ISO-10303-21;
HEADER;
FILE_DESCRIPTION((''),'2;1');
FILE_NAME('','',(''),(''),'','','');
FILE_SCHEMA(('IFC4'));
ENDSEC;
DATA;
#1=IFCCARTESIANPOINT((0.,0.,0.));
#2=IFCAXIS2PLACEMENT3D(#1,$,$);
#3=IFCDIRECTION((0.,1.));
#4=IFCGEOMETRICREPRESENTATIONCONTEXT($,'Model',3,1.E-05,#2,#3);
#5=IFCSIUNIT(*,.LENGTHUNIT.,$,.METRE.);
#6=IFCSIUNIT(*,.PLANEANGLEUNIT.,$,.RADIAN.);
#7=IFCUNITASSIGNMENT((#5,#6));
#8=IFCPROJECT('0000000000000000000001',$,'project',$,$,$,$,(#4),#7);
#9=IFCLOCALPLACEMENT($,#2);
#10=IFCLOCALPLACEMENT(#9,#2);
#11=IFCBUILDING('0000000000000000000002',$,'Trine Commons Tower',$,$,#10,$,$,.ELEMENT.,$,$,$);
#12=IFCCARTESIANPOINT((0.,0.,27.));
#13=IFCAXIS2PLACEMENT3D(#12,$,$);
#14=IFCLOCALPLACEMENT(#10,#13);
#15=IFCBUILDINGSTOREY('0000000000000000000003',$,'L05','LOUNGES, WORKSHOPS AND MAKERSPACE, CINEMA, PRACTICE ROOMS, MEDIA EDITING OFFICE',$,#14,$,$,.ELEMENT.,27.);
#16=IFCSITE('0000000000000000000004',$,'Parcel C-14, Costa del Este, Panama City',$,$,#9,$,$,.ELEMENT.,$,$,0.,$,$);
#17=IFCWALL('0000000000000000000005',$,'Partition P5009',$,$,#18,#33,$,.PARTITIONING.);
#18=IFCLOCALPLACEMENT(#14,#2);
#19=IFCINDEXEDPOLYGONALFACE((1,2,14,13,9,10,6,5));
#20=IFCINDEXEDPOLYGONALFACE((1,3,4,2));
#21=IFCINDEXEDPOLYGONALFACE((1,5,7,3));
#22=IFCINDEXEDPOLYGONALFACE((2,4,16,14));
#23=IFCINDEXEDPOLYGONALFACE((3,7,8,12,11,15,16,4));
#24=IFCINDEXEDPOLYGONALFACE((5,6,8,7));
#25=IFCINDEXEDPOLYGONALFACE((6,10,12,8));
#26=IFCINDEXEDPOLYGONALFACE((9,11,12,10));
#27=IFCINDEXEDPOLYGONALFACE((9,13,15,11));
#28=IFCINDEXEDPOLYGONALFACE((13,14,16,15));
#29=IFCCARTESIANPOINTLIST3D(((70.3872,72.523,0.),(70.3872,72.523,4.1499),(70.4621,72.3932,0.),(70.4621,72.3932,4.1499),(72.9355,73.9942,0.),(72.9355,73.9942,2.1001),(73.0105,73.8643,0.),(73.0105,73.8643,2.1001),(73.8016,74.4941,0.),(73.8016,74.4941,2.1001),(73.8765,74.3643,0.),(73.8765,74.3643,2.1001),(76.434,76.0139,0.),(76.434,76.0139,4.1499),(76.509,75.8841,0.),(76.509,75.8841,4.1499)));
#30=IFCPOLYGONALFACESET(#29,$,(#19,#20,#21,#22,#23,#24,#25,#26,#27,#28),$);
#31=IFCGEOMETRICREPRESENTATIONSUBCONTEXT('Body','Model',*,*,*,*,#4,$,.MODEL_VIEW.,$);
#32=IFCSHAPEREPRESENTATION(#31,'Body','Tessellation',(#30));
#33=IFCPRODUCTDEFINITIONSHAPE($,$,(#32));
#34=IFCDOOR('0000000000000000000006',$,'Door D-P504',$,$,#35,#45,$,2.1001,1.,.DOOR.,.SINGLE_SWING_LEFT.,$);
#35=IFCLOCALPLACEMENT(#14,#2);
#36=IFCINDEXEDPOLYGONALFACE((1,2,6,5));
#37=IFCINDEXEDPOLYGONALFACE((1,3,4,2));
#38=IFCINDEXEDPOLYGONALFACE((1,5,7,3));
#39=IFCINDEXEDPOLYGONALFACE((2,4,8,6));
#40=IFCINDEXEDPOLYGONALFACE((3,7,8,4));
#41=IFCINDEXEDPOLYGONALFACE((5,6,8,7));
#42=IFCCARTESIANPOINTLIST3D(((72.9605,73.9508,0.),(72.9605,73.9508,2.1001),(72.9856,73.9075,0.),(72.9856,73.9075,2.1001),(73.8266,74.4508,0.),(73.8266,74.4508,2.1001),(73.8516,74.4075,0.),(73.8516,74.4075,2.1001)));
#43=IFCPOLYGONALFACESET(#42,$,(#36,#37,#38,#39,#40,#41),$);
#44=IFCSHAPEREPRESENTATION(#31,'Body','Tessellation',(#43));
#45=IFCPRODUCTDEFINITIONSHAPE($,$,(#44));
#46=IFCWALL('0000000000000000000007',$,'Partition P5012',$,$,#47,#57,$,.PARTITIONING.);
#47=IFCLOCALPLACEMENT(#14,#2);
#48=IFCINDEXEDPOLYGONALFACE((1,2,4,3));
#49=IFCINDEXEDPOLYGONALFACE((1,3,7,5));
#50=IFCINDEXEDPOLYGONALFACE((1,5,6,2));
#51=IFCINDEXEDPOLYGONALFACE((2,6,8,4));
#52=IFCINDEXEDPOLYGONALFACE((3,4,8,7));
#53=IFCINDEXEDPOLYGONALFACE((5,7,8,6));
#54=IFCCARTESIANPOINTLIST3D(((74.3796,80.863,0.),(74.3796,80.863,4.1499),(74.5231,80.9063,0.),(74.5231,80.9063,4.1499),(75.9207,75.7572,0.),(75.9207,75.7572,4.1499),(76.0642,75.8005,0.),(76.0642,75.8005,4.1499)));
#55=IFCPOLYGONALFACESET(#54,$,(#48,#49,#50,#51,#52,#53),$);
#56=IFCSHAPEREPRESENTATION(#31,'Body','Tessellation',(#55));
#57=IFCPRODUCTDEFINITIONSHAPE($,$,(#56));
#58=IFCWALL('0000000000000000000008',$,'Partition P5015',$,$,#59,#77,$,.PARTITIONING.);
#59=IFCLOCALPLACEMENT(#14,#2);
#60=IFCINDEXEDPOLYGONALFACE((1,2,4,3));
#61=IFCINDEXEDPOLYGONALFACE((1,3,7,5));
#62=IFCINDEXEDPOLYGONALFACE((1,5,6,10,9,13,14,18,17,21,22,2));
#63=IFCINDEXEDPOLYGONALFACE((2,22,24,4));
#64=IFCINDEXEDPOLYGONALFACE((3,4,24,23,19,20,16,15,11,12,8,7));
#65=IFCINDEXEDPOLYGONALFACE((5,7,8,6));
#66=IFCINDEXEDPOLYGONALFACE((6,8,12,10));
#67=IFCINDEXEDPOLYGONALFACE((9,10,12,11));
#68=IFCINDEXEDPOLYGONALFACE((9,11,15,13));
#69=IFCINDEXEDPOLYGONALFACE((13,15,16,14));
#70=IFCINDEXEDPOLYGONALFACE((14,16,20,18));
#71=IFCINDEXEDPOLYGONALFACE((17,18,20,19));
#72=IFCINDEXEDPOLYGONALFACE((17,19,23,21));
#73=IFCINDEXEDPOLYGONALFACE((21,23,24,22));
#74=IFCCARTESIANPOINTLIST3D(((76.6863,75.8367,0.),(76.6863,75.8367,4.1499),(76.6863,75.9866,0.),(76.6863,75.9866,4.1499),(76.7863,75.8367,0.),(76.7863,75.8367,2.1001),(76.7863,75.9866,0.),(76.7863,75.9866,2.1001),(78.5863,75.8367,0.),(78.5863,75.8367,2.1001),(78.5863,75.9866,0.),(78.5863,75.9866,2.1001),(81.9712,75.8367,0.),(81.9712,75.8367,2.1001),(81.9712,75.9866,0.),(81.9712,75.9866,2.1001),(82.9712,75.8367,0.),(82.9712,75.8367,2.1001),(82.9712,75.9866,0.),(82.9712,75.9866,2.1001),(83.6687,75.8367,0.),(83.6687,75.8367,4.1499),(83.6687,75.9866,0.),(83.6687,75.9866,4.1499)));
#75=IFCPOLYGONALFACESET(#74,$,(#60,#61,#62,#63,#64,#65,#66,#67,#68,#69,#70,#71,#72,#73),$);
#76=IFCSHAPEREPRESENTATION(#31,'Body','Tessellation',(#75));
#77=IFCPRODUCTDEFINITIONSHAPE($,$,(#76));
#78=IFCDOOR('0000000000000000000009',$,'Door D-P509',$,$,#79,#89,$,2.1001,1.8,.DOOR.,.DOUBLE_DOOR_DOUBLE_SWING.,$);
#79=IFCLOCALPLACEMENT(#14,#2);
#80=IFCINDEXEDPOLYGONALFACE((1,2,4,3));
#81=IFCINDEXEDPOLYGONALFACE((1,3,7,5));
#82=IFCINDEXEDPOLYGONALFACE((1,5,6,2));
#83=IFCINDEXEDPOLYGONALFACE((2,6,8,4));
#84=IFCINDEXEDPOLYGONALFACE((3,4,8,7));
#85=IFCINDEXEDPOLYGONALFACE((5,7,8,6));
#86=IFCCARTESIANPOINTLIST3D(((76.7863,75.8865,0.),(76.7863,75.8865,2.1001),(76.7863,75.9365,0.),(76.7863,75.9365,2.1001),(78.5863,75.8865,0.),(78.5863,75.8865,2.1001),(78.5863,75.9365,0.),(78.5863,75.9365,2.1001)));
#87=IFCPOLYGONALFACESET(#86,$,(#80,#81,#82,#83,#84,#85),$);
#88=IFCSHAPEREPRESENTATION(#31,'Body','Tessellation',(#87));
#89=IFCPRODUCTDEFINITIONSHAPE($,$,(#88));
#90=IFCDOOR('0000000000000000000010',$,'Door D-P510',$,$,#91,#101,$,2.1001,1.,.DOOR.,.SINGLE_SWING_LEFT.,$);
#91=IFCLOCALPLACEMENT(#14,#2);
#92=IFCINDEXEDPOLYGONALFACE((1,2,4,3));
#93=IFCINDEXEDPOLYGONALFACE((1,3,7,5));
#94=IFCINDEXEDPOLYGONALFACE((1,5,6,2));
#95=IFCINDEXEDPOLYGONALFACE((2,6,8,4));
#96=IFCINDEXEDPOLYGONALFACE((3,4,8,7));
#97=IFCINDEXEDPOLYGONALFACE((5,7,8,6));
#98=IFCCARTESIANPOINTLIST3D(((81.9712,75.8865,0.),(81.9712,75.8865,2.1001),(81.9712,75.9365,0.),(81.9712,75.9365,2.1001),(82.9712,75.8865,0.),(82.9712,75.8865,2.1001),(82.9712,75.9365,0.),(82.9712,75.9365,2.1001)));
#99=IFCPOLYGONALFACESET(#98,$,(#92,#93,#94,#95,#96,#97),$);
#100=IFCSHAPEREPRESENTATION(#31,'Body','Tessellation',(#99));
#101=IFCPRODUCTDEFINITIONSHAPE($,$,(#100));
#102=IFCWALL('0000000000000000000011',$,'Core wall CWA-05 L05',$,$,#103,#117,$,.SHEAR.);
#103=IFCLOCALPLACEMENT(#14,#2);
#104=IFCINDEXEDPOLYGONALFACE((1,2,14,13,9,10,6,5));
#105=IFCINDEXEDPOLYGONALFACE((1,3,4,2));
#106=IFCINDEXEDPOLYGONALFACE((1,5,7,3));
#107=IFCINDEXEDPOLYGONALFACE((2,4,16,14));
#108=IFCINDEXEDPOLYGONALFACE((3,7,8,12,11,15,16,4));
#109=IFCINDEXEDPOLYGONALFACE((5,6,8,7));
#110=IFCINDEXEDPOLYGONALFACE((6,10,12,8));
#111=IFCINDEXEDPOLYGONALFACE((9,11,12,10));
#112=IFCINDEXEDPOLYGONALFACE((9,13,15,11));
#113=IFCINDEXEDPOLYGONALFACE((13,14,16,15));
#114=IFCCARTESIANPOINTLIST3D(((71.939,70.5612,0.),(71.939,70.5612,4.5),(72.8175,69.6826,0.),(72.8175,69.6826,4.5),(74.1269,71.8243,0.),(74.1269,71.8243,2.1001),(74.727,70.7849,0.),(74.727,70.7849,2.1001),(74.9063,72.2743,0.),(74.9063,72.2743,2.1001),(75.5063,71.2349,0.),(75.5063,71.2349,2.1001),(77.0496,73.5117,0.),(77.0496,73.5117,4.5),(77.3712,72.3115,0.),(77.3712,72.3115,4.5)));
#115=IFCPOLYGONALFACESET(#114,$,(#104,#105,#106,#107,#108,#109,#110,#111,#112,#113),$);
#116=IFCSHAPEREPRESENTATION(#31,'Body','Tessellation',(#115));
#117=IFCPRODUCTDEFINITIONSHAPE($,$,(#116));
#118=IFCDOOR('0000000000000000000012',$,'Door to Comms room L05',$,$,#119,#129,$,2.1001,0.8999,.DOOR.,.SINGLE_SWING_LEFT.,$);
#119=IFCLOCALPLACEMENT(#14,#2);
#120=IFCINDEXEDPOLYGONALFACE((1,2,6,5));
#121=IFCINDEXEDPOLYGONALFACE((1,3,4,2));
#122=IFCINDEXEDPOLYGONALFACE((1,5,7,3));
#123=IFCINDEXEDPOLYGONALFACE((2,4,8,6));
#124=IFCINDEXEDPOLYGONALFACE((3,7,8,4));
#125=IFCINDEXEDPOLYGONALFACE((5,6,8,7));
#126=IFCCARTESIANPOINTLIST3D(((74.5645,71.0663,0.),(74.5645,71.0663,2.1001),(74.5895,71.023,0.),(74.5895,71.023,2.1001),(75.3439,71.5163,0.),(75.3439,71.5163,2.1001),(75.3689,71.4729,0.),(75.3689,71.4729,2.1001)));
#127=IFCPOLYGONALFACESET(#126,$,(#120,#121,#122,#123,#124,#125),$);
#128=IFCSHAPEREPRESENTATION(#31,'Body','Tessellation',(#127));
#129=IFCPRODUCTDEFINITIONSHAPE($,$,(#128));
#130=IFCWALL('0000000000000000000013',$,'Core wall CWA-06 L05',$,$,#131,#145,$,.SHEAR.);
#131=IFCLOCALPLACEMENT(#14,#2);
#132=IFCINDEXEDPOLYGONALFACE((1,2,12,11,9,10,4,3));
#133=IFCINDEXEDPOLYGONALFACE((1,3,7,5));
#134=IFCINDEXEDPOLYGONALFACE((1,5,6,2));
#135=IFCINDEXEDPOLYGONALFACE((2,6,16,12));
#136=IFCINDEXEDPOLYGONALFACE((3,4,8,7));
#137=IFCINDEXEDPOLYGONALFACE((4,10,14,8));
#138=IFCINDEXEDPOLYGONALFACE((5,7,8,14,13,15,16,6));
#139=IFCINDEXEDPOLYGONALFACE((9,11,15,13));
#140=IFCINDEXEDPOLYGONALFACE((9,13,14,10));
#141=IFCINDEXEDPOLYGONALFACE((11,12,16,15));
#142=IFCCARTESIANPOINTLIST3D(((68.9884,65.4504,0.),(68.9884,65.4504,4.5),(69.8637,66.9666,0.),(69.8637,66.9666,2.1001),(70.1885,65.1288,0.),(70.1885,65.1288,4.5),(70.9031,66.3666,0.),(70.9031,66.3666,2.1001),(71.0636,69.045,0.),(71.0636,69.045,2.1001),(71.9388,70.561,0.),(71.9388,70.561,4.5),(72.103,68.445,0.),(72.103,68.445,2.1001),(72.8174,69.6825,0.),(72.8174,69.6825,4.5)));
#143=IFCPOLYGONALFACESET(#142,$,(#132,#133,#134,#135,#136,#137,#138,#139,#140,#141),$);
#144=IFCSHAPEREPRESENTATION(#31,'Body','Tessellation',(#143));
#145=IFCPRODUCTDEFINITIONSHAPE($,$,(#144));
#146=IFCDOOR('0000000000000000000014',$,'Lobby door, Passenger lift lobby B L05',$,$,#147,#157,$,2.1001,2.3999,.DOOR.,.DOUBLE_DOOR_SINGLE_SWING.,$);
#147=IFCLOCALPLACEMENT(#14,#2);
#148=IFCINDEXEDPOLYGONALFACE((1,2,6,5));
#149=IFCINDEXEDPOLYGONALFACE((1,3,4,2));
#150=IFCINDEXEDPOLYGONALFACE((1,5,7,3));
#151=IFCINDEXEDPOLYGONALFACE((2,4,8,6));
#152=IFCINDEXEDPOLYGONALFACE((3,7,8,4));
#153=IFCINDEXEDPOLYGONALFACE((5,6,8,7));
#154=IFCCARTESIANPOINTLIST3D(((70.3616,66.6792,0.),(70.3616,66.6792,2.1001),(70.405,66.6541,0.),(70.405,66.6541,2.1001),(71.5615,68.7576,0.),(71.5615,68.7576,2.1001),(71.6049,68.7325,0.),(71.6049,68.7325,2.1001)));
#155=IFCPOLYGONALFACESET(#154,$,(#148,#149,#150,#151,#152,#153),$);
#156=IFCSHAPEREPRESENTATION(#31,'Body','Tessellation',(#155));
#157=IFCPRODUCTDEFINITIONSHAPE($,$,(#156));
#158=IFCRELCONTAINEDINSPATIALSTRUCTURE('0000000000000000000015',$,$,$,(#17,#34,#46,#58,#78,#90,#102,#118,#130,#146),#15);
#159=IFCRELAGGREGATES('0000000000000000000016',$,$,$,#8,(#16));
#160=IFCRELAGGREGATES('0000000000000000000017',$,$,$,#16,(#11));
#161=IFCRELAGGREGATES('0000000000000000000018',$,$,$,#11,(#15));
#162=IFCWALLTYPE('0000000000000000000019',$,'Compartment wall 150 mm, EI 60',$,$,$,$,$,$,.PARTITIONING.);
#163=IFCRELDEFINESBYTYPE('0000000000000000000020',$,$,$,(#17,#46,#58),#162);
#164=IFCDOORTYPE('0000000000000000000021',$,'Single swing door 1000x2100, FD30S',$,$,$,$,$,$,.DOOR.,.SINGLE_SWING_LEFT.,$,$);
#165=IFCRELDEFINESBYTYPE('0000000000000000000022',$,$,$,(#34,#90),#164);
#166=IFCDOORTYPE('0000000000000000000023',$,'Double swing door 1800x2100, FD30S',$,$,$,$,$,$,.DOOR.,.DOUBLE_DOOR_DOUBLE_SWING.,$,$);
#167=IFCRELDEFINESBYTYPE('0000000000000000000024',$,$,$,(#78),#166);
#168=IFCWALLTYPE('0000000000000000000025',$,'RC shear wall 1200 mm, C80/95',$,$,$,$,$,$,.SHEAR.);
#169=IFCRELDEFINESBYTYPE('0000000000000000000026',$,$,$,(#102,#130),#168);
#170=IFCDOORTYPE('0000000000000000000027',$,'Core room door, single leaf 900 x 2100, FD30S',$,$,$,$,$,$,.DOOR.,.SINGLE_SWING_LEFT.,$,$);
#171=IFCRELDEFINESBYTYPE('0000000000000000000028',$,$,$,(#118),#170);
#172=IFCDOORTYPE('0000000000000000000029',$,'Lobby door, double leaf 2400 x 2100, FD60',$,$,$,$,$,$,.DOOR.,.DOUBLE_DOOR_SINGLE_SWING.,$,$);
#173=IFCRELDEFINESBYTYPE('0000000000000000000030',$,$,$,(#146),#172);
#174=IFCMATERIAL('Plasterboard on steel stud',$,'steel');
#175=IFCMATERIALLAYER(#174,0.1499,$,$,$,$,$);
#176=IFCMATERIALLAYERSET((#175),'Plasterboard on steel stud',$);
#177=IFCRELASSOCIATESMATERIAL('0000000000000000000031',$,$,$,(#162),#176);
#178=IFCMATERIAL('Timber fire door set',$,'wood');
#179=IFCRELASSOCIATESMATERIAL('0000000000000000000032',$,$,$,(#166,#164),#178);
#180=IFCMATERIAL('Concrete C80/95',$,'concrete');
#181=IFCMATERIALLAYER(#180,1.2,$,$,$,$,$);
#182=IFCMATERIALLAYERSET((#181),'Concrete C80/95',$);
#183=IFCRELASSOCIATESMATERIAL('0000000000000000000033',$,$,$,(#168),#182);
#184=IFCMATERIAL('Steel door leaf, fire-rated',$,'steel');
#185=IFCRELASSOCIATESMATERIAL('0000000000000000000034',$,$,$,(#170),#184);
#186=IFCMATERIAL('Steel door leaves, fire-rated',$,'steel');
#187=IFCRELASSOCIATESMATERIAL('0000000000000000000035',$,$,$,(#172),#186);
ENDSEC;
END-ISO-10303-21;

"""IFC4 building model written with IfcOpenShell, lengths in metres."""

from ifc_helpers import new_model, si_unit, direction, frame, frame_2d, origin, place, context, subcontext, project, spatial, polyline, rectangle, outline, extrude, material, layer, layer_set, type_object, element, fill, save


model = new_model("IFC4")

# Units and contexts
model_context = context("Model", 3, precision=1e-05, world=origin(), true_north=direction((0.0, 1.0)))
body_context = subcontext(model_context, "Body", "Model", "MODEL_VIEW")
ifc_project = project(units=[si_unit("LENGTHUNIT", "METRE"), si_unit("PLANEANGLEUNIT", "RADIAN")], contexts=[model_context])

# Site, building, storey
site_placement = place(None, origin())
site = spatial("IfcSite", under=ifc_project, at=site_placement, Name="Parcel C-14, Costa del Este, Panama City", CompositionType="ELEMENT", RefElevation=0.0)
building_placement = place(site_placement, origin())
building = spatial("IfcBuilding", under=site, at=building_placement, Name="Trine Commons Tower", CompositionType="ELEMENT")
storey_placement = place(building_placement, frame((0.0, 0.0, 27.0)))
storey = spatial("IfcBuildingStorey", under=building, at=storey_placement, Name="L05", Description="LOUNGES, WORKSHOPS AND MAKERSPACE, CINEMA, PRACTICE ROOMS, MEDIA EDITING OFFICE", CompositionType="ELEMENT", Elevation=27.0)

# Shared definitions
ifc_material_1 = material(Name="Concrete C80/95", Category="concrete")

# Wall, opening, door
ifc_material_2 = material(Name="Plasterboard on steel stud", Category="steel")
ifc_layer_1 = layer(ifc_material_2, 0.1499)
ifc_layer_set_1 = layer_set([ifc_layer_1], Name="Plasterboard on steel stud")
wall_type_1 = type_object("IfcWallType", Name="Compartment wall 150 mm, EI 60", PredefinedType="PARTITIONING", material=ifc_layer_set_1)
ifc_material_3 = material(Name="Timber fire door set", Category="wood")
door_type_1 = type_object("IfcDoorType", Name="Double swing door 1800x2100, FD30S", OperationType="DOUBLE_DOOR_DOUBLE_SWING", PredefinedType="DOOR", material=ifc_material_3)
wall_1_placement = place(storey_placement, frame((70.4246, 72.458, 0.0), z_axis=(0.0, 0.0, 1.0), x_axis=(0.866038, 0.499979, 0.0)))
wall_1 = element("IfcWall", 1, at=wall_1_placement, inside=storey, type_object=wall_type_1, Name="Partition P5009", PredefinedType="PARTITIONING", context=body_context, shape_type="SweptSolid", body=[
    extrude(rectangle(XDim=6.9822, YDim=0.1499, at=frame_2d((3.4912, 0.0))), origin(), (0.0, 0.0, 1.0), 4.1499),
])
opening_1_placement = place(wall_1_placement, frame((2.9426, 0.0, 0.0)))
opening_1 = element("IfcOpeningElement", 2, at=opening_1_placement, cuts=wall_1, PredefinedType="OPENING", context=body_context, shape_type="SweptSolid", body=[
    extrude(rectangle(XDim=1.0, YDim=2.1001, at=frame_2d((0.5, 1.05))), frame((0.0, 0.085, 0.0), z_axis=(0.0, -1.0, 0.0), x_axis=(1.0, 0.0, 0.0)), (0.0, 0.0, 1.0), 0.1699),
])
door_type_2 = type_object("IfcDoorType", Name="Single swing door 1000x2100, FD30S", OperationType="SINGLE_SWING_LEFT", PredefinedType="DOOR", material=ifc_material_3)
door_1_placement = place(opening_1_placement, origin())
door_1 = element("IfcDoor", 3, at=door_1_placement, inside=storey, type_object=door_type_2, Name="Door D-P504", OperationType="SINGLE_SWING_LEFT", OverallHeight=2.1001, OverallWidth=1.0, PredefinedType="DOOR", context=body_context, shape_type="SweptSolid", body=[
    extrude(rectangle(XDim=1.0, YDim=2.1001, at=frame_2d((0.5, 1.05))), frame((0.0, 0.0249, 0.0), z_axis=(0.0, -1.0, 0.0), x_axis=(1.0, 0.0, 0.0)), (0.0, 0.0, 1.0), 0.05),
])
fill(opening_1, door_1)

# Wall
wall_2_placement = place(storey_placement, frame((74.4514, 80.8845, 0.0), z_axis=(0.0, 0.0, 1.0), x_axis=(0.288948, -0.957345, 0.0)))
element("IfcWall", 4, at=wall_2_placement, inside=storey, type_object=wall_type_1, Name="Partition P5012", PredefinedType="PARTITIONING", context=body_context, shape_type="SweptSolid", body=[
    extrude(rectangle(XDim=5.3333, YDim=0.1499, at=frame_2d((2.6665, 0.0))), origin(), (0.0, 0.0, 1.0), 4.1499),
])

# Wall, openings, doors
wall_3_placement = place(storey_placement, frame((76.6863, 75.9116, 0.0), z_axis=(0.0, 0.0, 1.0), x_axis=(1.0, 0.0, 0.0)))
wall_3 = element("IfcWall", 5, at=wall_3_placement, inside=storey, type_object=wall_type_1, Name="Partition P5015", PredefinedType="PARTITIONING", context=body_context, shape_type="SweptSolid", body=[
    extrude(rectangle(XDim=6.9824, YDim=0.1499, at=frame_2d((3.4912, 0.0))), origin(), (0.0, 0.0, 1.0), 4.1499),
])
opening_2_placement = place(wall_3_placement, frame((0.1001, 0.0, 0.0)))
opening_2 = element("IfcOpeningElement", 6, at=opening_2_placement, cuts=wall_3, PredefinedType="OPENING", context=body_context, shape_type="SweptSolid", body=[
    extrude(rectangle(XDim=1.8, YDim=2.1001, at=frame_2d((0.8999, 1.05))), frame((0.0, 0.085, 0.0), z_axis=(0.0, -1.0, 0.0), x_axis=(1.0, 0.0, 0.0)), (0.0, 0.0, 1.0), 0.1699),
])
opening_3_placement = place(wall_3_placement, frame((5.2849, 0.0, 0.0)))
opening_3 = element("IfcOpeningElement", 7, at=opening_3_placement, cuts=wall_3, PredefinedType="OPENING", context=body_context, shape_type="SweptSolid", body=[
    extrude(rectangle(XDim=1.0, YDim=2.1001, at=frame_2d((0.5, 1.05))), frame((0.0, 0.085, 0.0), z_axis=(0.0, -1.0, 0.0), x_axis=(1.0, 0.0, 0.0)), (0.0, 0.0, 1.0), 0.1699),
])
door_2_placement = place(opening_2_placement, origin())
door_2 = element("IfcDoor", 8, at=door_2_placement, inside=storey, type_object=door_type_1, Name="Door D-P509", OperationType="DOUBLE_DOOR_DOUBLE_SWING", OverallHeight=2.1001, OverallWidth=1.8, PredefinedType="DOOR", context=body_context, shape_type="SweptSolid", body=[
    extrude(rectangle(XDim=1.8, YDim=2.1001, at=frame_2d((0.8999, 1.05))), frame((0.0, 0.0249, 0.0), z_axis=(0.0, -1.0, 0.0), x_axis=(1.0, 0.0, 0.0)), (0.0, 0.0, 1.0), 0.05),
])
fill(opening_2, door_2)
door_3_placement = place(opening_3_placement, origin())
door_3 = element("IfcDoor", 9, at=door_3_placement, inside=storey, type_object=door_type_2, Name="Door D-P510", OperationType="SINGLE_SWING_LEFT", OverallHeight=2.1001, OverallWidth=1.0, PredefinedType="DOOR", context=body_context, shape_type="SweptSolid", body=[
    extrude(rectangle(XDim=1.0, YDim=2.1001, at=frame_2d((0.5, 1.05))), frame((0.0, 0.0249, 0.0), z_axis=(0.0, -1.0, 0.0), x_axis=(1.0, 0.0, 0.0)), (0.0, 0.0, 1.0), 0.05),
])
fill(opening_3, door_3)

# Walls, openings, doors
ifc_layer_2 = layer(ifc_material_1, 1.2)
ifc_layer_set_2 = layer_set([ifc_layer_2], Name="Concrete C80/95")
wall_type_2 = type_object("IfcWallType", Name="RC shear wall 1200 mm, C80/95", PredefinedType="SHEAR", material=ifc_layer_set_2)
wall_4_placement = place(storey_placement, frame((77.3496, 72.9919, 0.0), z_axis=(0.0, 0.0, 1.0), x_axis=(-0.866037, -0.499979, 0.0)))
wall_4 = element("IfcWall", 10, at=wall_4_placement, inside=storey, type_object=wall_type_2, Name="Core wall CWA-05 L05", PredefinedType="SHEAR", context=body_context, shape_type="SweptSolid", body=[
    extrude(outline(polyline([(0.0, -0.6001), (5.9011, -0.6001), (5.5796, 0.6001), (0.3215, 0.6001), (0.0, -0.6001)])), origin(), (0.0, 0.0, 1.0), 4.5),
])
opening_4_placement = place(wall_4_placement, frame((2.4749, 0.0, 0.0)))
opening_4 = element("IfcOpeningElement", 11, at=opening_4_placement, cuts=wall_4, PredefinedType="OPENING", context=body_context, shape_type="SweptSolid", body=[
    extrude(rectangle(XDim=0.8999, YDim=2.1001, at=frame_2d((0.45, 1.05))), frame((0.0, 0.6099, 0.0), z_axis=(0.0, -1.0, 0.0), x_axis=(1.0, 0.0, 0.0)), (0.0, 0.0, 1.0), 1.22),
])
ifc_material_4 = material(Name="Steel door leaf, fire-rated", Category="steel")
door_type_3 = type_object("IfcDoorType", Name="Core room door, single leaf 900 x 2100, FD30S", OperationType="SINGLE_SWING_LEFT", PredefinedType="DOOR", material=ifc_material_4)
door_4_placement = place(opening_4_placement, origin())
door_4 = element("IfcDoor", 12, at=door_4_placement, inside=storey, type_object=door_type_3, Name="Door to Comms room L05", OperationType="SINGLE_SWING_LEFT", OverallHeight=2.1001, OverallWidth=0.8999, PredefinedType="DOOR", context=body_context, shape_type="SweptSolid", body=[
    extrude(rectangle(XDim=0.8999, YDim=2.1001, at=frame_2d((0.45, 1.05))), frame((0.0, 0.3252, 0.0), z_axis=(0.0, -1.0, 0.0), x_axis=(1.0, 0.0, 0.0)), (0.0, 0.0, 1.0), 0.05),
])
fill(opening_4, door_4)
wall_5_placement = place(storey_placement, frame((72.4585, 70.261, 0.0), z_axis=(0.0, 0.0, 1.0), x_axis=(-0.499979, -0.866037, 0.0)))
wall_5 = element("IfcWall", 13, at=wall_5_placement, inside=storey, type_object=wall_type_2, Name="Core wall CWA-06 L05", PredefinedType="SHEAR", context=body_context, shape_type="SweptSolid", body=[
    extrude(outline(polyline([(0.0, -0.6001), (5.9011, -0.6001), (5.5796, 0.6001), (0.3215, 0.6001), (0.0, -0.6001)])), origin(), (0.0, 0.0, 1.0), 4.5),
])
opening_5_placement = place(wall_5_placement, frame((1.7505, 0.0, 0.0)))
opening_5 = element("IfcOpeningElement", 14, at=opening_5_placement, cuts=wall_5, PredefinedType="OPENING", context=body_context, shape_type="SweptSolid", body=[
    extrude(rectangle(XDim=2.3999, YDim=2.1001, at=frame_2d((1.2, 1.05))), frame((0.0, 0.6099, 0.0), z_axis=(0.0, -1.0, 0.0), x_axis=(1.0, 0.0, 0.0)), (0.0, 0.0, 1.0), 1.22),
])
ifc_material_5 = material(Name="Steel door leaves, fire-rated", Category="steel")
door_type_4 = type_object("IfcDoorType", Name="Lobby door, double leaf 2400 x 2100, FD60", OperationType="DOUBLE_DOOR_SINGLE_SWING", PredefinedType="DOOR", material=ifc_material_5)
door_5_placement = place(opening_5_placement, origin())
door_5 = element("IfcDoor", 15, at=door_5_placement, inside=storey, type_object=door_type_4, Name="Lobby door, Passenger lift lobby B L05", OperationType="DOUBLE_DOOR_SINGLE_SWING", OverallHeight=2.1001, OverallWidth=2.3999, PredefinedType="DOOR", context=body_context, shape_type="SweptSolid", body=[
    extrude(rectangle(XDim=2.3999, YDim=2.1001, at=frame_2d((1.2, 1.05))), frame((0.0, 0.0249, 0.0), z_axis=(0.0, -1.0, 0.0), x_axis=(1.0, 0.0, 0.0)), (0.0, 0.0, 1.0), 0.05),
])
fill(opening_5, door_5)

save(model, "model.ifc")
